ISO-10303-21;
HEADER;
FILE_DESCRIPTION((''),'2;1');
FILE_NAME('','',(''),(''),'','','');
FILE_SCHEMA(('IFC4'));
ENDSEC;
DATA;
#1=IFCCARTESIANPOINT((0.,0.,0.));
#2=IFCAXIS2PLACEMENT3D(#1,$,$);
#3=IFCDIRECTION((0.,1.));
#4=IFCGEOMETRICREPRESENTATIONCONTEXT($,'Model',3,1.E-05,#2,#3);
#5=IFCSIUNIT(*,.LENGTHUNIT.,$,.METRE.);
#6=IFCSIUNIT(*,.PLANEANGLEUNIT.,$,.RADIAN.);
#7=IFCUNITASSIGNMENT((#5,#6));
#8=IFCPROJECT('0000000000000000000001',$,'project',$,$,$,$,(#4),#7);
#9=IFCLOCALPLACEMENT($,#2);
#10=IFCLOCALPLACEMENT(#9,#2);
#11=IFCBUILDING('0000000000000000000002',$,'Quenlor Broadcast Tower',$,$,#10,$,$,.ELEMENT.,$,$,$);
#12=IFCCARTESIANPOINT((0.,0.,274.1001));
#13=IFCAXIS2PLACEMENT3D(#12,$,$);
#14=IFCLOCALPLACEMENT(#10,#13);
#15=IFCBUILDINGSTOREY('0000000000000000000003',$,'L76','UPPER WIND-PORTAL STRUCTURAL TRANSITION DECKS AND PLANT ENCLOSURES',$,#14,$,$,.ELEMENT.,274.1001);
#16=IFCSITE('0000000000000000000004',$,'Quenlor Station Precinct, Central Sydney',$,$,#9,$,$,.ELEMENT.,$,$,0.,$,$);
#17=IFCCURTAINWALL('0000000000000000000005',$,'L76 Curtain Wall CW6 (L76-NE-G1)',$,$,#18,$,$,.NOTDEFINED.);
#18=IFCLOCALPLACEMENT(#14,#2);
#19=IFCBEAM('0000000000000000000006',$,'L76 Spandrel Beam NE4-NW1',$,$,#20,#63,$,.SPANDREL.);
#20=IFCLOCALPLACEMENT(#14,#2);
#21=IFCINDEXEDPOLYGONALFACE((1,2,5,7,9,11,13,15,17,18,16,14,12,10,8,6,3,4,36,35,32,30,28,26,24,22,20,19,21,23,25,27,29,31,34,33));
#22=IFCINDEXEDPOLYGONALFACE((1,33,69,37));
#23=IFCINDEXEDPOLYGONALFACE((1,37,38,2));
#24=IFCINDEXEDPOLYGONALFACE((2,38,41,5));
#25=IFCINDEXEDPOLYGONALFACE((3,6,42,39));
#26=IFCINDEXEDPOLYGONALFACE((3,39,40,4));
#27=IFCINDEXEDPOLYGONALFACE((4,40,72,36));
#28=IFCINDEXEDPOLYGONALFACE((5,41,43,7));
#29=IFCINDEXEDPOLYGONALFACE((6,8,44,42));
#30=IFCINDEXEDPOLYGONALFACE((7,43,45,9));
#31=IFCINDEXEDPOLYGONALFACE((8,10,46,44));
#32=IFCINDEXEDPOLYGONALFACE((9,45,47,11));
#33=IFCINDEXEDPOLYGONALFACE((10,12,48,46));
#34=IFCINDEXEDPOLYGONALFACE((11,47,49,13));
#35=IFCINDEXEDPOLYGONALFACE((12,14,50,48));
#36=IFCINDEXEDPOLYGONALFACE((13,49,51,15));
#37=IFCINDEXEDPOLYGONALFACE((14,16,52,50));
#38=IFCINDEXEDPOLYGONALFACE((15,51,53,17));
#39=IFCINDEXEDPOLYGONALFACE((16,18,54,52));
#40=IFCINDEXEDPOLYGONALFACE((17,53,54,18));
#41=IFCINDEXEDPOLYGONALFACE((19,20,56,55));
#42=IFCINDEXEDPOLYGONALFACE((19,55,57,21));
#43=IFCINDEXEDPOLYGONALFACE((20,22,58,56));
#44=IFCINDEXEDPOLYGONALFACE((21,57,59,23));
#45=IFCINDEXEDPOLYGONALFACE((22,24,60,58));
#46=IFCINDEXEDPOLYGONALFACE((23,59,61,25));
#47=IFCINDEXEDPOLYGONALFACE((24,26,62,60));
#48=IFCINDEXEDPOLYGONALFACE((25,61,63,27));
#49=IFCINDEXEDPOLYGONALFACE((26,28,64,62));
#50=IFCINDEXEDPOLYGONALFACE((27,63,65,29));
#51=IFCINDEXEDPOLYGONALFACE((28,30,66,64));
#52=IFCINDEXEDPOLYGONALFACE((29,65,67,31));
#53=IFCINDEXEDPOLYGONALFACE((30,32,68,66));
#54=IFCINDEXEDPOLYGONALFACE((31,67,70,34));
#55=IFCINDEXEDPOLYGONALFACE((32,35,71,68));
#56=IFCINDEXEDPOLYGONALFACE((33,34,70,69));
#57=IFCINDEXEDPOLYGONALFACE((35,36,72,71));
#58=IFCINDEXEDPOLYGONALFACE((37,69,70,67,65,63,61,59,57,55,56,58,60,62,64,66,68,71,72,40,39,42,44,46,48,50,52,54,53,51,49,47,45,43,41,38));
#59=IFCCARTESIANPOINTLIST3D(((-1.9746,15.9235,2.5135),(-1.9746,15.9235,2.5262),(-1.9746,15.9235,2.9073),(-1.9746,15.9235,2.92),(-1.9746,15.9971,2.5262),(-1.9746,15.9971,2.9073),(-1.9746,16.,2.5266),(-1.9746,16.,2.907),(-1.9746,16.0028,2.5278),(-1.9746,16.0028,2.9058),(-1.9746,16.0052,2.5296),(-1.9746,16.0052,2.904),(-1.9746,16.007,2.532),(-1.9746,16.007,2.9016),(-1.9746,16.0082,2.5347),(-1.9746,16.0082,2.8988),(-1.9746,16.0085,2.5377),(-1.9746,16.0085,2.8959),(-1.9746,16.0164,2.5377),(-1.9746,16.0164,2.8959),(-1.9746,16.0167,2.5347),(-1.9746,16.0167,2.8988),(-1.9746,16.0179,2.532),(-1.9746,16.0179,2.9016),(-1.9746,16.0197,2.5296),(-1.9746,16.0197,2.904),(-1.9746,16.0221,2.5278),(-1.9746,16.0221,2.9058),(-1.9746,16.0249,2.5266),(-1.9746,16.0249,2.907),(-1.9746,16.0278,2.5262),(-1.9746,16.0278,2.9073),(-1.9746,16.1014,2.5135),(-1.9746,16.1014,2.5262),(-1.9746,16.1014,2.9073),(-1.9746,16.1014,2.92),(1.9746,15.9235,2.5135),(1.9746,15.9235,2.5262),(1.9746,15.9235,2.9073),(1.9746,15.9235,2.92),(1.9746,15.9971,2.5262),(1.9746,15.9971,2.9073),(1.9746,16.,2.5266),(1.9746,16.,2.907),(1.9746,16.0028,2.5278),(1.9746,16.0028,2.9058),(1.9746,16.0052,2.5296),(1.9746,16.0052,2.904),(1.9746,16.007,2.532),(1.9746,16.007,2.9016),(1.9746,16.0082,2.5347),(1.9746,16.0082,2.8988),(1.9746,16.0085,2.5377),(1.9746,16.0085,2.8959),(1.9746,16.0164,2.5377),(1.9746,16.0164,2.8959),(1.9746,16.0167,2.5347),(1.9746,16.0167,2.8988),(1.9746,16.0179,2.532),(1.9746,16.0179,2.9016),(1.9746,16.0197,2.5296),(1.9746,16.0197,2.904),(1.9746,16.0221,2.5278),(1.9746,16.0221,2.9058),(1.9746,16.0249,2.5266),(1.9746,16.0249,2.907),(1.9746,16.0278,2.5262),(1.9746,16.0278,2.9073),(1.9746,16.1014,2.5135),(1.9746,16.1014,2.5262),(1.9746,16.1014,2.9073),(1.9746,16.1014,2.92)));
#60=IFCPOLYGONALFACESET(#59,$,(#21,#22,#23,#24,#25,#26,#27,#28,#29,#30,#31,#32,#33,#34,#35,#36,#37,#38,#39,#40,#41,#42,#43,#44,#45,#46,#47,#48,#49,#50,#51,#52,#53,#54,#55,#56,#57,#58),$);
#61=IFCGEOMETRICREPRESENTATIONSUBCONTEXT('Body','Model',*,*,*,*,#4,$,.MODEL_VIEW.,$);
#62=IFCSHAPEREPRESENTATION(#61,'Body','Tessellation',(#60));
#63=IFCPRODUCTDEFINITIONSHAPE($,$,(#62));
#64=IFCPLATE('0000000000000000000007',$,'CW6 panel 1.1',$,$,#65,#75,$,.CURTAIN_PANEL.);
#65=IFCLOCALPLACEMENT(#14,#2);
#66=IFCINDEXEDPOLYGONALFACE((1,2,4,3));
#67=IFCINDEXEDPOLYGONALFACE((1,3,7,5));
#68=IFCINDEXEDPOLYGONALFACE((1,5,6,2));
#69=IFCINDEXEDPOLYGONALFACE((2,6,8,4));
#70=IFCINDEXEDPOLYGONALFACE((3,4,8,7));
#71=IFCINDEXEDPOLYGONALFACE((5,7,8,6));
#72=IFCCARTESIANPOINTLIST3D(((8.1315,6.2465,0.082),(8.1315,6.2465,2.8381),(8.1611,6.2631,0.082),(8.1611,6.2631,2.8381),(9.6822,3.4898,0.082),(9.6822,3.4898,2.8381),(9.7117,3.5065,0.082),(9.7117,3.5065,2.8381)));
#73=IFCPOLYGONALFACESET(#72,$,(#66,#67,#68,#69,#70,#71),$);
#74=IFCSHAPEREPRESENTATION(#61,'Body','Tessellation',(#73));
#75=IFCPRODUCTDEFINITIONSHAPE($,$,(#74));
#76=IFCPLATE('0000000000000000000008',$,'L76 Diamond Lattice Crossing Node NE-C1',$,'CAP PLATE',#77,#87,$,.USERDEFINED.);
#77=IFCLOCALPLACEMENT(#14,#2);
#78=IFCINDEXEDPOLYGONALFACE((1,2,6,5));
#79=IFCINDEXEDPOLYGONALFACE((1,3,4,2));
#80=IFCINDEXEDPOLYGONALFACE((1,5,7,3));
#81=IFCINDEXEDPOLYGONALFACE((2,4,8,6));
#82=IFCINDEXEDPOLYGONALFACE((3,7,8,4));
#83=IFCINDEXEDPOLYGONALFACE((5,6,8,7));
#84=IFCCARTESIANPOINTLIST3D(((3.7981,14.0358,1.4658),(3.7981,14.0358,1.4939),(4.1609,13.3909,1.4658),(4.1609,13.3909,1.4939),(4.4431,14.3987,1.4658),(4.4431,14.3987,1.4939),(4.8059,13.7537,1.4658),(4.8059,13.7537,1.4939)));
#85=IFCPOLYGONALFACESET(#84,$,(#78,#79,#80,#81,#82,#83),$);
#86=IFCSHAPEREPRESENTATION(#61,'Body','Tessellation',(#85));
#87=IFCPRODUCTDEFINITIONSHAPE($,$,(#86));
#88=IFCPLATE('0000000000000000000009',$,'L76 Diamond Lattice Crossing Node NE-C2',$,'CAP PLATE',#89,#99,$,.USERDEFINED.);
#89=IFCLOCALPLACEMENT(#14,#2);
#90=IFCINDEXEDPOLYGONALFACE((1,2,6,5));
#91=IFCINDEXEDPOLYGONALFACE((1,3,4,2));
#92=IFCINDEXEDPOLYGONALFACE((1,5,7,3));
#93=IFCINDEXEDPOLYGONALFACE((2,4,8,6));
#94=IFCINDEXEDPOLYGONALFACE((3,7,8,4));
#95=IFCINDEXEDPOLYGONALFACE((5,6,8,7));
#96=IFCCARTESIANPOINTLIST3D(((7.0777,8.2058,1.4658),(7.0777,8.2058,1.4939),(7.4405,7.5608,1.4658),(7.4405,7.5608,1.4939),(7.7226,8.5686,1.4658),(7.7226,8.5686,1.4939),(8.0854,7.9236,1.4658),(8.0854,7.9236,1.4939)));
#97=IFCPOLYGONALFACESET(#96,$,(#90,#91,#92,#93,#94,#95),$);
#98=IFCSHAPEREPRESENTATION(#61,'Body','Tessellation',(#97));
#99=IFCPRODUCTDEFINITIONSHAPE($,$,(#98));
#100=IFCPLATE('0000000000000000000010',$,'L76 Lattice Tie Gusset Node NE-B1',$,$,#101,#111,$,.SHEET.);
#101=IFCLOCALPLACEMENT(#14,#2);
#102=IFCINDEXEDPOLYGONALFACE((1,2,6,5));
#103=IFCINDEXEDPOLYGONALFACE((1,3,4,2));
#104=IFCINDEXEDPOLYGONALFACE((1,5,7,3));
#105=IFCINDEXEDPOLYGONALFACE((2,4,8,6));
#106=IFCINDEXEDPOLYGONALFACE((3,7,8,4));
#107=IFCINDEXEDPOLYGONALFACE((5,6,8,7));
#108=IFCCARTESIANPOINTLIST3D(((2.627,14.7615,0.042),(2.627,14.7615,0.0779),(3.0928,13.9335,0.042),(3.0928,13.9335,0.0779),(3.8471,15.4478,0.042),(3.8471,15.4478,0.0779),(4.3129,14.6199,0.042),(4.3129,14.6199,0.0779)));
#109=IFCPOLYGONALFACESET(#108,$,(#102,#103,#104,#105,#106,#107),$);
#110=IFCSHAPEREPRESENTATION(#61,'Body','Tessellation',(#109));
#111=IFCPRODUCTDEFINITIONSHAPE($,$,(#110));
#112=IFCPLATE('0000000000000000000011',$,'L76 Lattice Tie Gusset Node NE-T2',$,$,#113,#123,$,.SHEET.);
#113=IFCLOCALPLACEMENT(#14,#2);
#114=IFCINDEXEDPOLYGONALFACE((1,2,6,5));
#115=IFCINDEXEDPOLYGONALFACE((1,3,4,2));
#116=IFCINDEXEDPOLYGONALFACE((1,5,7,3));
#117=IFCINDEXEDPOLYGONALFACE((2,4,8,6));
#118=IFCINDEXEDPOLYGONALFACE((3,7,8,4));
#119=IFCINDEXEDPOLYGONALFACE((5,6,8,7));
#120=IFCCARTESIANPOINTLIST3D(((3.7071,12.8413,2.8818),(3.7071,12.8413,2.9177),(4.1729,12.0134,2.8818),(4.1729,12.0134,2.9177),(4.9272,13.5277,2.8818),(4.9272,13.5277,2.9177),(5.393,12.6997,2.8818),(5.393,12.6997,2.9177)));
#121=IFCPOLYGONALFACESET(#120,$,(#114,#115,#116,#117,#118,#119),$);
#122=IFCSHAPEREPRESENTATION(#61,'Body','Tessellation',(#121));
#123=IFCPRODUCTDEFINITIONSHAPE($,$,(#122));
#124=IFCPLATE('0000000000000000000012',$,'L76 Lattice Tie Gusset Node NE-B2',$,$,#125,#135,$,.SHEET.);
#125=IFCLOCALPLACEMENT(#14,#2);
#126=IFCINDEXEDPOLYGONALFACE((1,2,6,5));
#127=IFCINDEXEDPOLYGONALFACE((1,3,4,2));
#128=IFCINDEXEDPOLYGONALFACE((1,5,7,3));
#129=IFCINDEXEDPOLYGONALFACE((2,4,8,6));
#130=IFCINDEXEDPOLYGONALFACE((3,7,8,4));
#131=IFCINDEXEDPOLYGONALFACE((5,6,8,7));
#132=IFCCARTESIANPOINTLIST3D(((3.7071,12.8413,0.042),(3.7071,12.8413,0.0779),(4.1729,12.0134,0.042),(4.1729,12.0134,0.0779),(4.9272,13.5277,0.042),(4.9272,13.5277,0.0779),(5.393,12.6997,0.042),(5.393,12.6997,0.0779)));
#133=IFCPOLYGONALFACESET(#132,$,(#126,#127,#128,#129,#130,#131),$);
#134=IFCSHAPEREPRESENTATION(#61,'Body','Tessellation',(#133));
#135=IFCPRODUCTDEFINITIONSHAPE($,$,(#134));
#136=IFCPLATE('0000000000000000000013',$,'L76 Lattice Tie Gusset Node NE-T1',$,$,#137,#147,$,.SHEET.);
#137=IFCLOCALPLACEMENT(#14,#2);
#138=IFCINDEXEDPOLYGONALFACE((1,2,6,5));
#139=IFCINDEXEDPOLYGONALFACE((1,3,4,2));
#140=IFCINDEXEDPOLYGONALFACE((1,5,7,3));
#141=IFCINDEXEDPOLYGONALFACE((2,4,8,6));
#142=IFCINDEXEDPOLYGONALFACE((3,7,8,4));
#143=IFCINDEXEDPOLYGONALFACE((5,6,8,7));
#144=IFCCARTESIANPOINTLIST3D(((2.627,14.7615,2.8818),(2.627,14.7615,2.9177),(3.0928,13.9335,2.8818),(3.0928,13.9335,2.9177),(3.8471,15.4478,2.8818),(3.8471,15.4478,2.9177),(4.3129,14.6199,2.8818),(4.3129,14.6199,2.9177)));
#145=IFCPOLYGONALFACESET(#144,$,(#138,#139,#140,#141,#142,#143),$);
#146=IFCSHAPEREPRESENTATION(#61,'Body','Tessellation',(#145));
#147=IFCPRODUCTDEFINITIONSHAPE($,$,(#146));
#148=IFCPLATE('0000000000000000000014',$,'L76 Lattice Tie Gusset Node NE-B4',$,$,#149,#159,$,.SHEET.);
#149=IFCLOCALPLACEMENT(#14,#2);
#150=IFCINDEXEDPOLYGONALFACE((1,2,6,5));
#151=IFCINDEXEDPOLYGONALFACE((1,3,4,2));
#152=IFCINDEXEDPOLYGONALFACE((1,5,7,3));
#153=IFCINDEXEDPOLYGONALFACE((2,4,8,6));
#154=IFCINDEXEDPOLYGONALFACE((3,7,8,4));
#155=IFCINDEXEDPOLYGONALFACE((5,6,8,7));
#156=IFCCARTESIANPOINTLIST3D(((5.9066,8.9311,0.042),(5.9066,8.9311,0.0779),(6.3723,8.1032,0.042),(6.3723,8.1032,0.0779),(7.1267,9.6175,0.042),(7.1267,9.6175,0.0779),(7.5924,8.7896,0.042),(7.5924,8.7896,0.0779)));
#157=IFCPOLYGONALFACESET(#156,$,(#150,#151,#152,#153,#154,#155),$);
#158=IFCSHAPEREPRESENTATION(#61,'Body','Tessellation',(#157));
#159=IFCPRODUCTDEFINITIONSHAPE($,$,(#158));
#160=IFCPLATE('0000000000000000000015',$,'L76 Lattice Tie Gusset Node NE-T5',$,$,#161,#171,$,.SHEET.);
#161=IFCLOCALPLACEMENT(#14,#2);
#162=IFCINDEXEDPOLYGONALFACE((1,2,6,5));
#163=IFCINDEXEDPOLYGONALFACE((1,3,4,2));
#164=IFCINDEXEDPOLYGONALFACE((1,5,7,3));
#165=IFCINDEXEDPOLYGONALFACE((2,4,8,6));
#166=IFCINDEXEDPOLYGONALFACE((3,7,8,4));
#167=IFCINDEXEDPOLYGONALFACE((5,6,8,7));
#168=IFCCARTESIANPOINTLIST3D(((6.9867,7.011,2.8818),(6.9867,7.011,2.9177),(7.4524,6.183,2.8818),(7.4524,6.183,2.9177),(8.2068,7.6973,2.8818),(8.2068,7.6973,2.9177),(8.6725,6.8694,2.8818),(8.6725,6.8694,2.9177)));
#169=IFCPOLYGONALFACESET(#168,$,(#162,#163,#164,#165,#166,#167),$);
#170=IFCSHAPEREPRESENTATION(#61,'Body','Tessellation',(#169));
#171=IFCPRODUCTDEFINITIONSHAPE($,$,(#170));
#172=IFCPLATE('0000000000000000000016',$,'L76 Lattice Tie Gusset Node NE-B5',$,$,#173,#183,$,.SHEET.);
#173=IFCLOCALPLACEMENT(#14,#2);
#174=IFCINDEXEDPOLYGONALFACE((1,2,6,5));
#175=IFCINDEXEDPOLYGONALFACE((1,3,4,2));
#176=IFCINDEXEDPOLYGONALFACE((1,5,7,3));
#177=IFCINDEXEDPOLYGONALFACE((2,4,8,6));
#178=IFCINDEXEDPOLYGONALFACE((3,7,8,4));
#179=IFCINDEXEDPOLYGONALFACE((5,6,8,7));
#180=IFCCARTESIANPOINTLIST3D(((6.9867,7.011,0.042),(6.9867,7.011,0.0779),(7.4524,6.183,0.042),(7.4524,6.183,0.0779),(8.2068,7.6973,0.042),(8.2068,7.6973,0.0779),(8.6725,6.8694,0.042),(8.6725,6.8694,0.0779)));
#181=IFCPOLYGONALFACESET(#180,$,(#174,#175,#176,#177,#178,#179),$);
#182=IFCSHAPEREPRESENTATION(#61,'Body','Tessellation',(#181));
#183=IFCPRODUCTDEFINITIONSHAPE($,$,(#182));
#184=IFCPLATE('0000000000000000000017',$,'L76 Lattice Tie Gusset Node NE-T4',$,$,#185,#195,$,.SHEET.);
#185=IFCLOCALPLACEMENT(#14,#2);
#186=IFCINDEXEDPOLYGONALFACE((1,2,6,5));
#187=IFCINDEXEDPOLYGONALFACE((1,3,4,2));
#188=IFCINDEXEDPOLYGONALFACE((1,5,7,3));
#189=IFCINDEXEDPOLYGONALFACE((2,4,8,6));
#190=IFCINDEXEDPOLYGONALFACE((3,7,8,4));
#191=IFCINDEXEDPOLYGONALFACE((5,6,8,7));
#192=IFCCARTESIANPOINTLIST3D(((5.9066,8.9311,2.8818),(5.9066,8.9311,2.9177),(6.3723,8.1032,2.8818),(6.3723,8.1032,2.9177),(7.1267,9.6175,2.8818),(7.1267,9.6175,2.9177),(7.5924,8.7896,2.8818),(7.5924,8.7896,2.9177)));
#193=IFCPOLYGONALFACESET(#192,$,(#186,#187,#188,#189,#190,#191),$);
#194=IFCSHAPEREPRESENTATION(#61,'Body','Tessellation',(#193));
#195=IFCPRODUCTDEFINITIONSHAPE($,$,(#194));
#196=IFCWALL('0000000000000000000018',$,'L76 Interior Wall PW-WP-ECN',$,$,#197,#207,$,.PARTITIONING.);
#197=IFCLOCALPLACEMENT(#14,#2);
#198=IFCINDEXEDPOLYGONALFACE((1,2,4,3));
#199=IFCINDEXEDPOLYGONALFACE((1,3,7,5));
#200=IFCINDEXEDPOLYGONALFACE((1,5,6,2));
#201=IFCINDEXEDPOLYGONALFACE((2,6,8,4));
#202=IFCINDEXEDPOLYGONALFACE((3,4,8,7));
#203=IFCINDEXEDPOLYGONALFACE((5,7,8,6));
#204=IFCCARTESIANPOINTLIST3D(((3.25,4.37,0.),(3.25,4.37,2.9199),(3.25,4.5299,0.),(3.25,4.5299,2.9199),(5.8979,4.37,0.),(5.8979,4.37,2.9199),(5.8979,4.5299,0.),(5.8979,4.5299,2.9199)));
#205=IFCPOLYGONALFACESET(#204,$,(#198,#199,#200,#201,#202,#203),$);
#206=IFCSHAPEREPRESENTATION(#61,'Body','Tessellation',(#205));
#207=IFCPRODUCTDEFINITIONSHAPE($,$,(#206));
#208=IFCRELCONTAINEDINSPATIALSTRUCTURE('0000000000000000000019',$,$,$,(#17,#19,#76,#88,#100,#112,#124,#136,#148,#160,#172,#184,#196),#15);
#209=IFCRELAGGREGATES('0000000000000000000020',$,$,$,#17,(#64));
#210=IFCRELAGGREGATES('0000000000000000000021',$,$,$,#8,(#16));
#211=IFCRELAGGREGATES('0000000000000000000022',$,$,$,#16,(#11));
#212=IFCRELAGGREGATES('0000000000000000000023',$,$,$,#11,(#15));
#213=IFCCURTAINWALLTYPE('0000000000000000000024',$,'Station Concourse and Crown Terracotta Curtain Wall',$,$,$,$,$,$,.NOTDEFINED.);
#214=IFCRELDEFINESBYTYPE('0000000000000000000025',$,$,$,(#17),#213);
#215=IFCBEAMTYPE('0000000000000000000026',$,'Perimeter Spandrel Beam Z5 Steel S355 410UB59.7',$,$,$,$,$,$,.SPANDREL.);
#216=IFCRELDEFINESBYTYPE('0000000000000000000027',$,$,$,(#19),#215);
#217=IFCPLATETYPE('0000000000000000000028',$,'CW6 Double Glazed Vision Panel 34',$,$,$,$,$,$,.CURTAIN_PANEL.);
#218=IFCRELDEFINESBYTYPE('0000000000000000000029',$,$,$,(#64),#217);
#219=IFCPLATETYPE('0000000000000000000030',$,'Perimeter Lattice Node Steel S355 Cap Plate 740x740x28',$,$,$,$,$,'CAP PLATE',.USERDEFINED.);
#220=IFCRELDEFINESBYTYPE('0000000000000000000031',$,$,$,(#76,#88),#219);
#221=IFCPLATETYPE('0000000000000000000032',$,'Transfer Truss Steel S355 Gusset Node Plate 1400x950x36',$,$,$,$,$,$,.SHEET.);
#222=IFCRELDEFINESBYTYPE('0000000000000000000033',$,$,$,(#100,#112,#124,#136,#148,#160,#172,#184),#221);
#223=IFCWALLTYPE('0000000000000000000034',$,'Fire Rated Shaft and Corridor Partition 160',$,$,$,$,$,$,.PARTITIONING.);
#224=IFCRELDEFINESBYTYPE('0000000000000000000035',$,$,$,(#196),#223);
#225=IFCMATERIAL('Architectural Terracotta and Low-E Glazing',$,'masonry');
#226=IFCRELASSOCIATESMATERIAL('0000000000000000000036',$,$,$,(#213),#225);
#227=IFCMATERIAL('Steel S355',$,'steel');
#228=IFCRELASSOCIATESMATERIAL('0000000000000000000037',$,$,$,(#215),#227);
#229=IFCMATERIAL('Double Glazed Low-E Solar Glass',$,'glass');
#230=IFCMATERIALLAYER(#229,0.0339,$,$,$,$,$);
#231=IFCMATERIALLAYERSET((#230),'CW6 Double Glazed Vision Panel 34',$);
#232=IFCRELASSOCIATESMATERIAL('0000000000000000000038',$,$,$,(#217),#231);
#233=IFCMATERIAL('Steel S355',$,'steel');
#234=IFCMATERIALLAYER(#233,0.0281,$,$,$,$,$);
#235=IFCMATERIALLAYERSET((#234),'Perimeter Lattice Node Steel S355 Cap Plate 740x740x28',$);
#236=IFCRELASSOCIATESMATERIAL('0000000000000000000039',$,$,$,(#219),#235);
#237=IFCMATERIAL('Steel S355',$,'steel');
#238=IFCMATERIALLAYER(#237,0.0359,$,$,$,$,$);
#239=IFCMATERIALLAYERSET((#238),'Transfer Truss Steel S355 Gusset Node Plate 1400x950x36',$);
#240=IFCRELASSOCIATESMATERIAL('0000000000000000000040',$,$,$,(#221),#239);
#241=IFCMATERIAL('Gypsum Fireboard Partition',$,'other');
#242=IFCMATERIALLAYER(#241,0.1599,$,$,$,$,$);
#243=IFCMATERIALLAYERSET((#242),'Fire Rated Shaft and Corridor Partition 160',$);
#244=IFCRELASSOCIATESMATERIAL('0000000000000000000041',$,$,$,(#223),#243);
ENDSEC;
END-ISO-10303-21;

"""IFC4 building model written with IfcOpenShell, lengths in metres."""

from ifc_helpers import new_model, si_unit, direction, frame, frame_2d, origin, origin_2d, place, context, subcontext, project, spatial, rectangle, i_section, extrude, material, layer, layer_set, material_profile, profile_set, type_object, element, aggregate, save


model = new_model("IFC4")

# Units and contexts
model_context = context("Model", 3, precision=1e-05, world=origin(), true_north=direction((0.0, 1.0)))
body_context = subcontext(model_context, "Body", "Model", "MODEL_VIEW")
ifc_project = project(units=[si_unit("LENGTHUNIT", "METRE"), si_unit("PLANEANGLEUNIT", "RADIAN")], contexts=[model_context])

# Site, building, storey
site_placement = place(None, origin())
site = spatial("IfcSite", under=ifc_project, at=site_placement, Name="Quenlor Station Precinct, Central Sydney", CompositionType="ELEMENT", RefElevation=0.0)
building_placement = place(site_placement, origin())
building = spatial("IfcBuilding", under=site, at=building_placement, Name="Quenlor Broadcast Tower", CompositionType="ELEMENT")
storey_placement = place(building_placement, frame((0.0, 0.0, 274.1001)))
storey = spatial("IfcBuildingStorey", under=building, at=storey_placement, Name="L76", Description="UPPER WIND-PORTAL STRUCTURAL TRANSITION DECKS AND PLANT ENCLOSURES", CompositionType="ELEMENT", Elevation=274.1001)

# Curtain wall
ifc_material_1 = material(Name="Architectural Terracotta and Low-E Glazing", Category="masonry")
curtain_wall_type = type_object("IfcCurtainWallType", Name="Station Concourse and Crown Terracotta Curtain Wall", PredefinedType="NOTDEFINED", material=ifc_material_1)
curtain_wall_placement = place(storey_placement, origin())
curtain_wall = element("IfcCurtainWall", 1, at=curtain_wall_placement, inside=storey, type_object=curtain_wall_type, Name="L76 Curtain Wall CW6 (L76-NE-G1)", PredefinedType="NOTDEFINED")

# Beam
ifc_material_2 = material(Name="Steel S355", Category="steel")
ifc_material_profile_1 = material_profile(ifc_material_2, i_section(OverallWidth=0.178, OverallDepth=0.4065, WebThickness=0.0078, FlangeThickness=0.0127, FilletRadius=0.0115, at=origin_2d()))
ifc_profile_set_1 = profile_set([ifc_material_profile_1], Name="Steel S355 410UB59.7")
beam_type_1 = type_object("IfcBeamType", Name="Perimeter Spandrel Beam Z5 Steel S355 410UB59.7", PredefinedType="SPANDREL", material=ifc_profile_set_1)
beam_1_placement = place(storey_placement, frame((1.9746, 16.0125, 2.7168), z_axis=(-1.0, 0.0, 0.0), x_axis=(0.0, -1.0, 0.0)))
element("IfcBeam", 2, at=beam_1_placement, inside=storey, type_object=beam_type_1, Name="L76 Spandrel Beam NE4-NW1", PredefinedType="SPANDREL", context=body_context, shape_type="SweptSolid", body=[
    extrude(i_section(OverallWidth=0.178, OverallDepth=0.4065, WebThickness=0.0078, FlangeThickness=0.0127, FilletRadius=0.0115, at=origin_2d()), origin(), (0.0, 0.0, 1.0), 3.9492),
])

# Plate
ifc_material_3 = material(Name="Double Glazed Low-E Solar Glass", Category="glass")
ifc_layer_1 = layer(ifc_material_3, 0.0339)
ifc_layer_set_1 = layer_set([ifc_layer_1], Name="CW6 Double Glazed Vision Panel 34")
plate_type_1 = type_object("IfcPlateType", Name="CW6 Double Glazed Vision Panel 34", PredefinedType="CURTAIN_PANEL", material=ifc_layer_set_1)
plate_placement = place(storey_placement, frame((8.9216, 4.8765, 0.082), z_axis=(0.0, 0.0, 1.0), x_axis=(0.490268, -0.871572, 0.0)))
plate = element("IfcPlate", 3, at=plate_placement, type_object=plate_type_1, Name="CW6 panel 1.1", PredefinedType="CURTAIN_PANEL", context=body_context, shape_type="SweptSolid", body=[
    extrude(rectangle(XDim=3.1628, YDim=0.0339, at=origin_2d()), origin(), (0.0, 0.0, 1.0), 2.7561),
])
aggregate(curtain_wall, [plate])

# Plates
ifc_material_4 = material(Name="Steel S355", Category="steel")
ifc_layer_2 = layer(ifc_material_4, 0.0281)
ifc_layer_set_2 = layer_set([ifc_layer_2], Name="Perimeter Lattice Node Steel S355 Cap Plate 740x740x28")
plate_type_2 = type_object("IfcPlateType", Name="Perimeter Lattice Node Steel S355 Cap Plate 740x740x28", ElementType="CAP PLATE", PredefinedType="USERDEFINED", material=ifc_layer_set_2)
for number, where, z_axis, x_axis, name in (
    (4, (4.302, 13.8948, 1.4658), (0.0, 0.0, 1.0), (0.490295, -0.871556, 0.0), "L76 Diamond Lattice Crossing Node NE-C1"),
    (5, (7.5815, 8.0647, 1.4658), (0.0, 0.0, 1.0), (0.490295, -0.871556, 0.0), "L76 Diamond Lattice Crossing Node NE-C2"),
):
    element("IfcPlate", number, at=place(storey_placement, frame(where, z_axis=z_axis, x_axis=x_axis)), inside=storey, type_object=plate_type_2, Name=name, ObjectType="CAP PLATE", PredefinedType="USERDEFINED", context=body_context, shape_type="SweptSolid", body=[
        extrude(rectangle(XDim=0.74, YDim=0.74, at=origin_2d()), origin(), (0.0, 0.0, 1.0), 0.0281),
    ])
ifc_material_5 = material(Name="Steel S355", Category="steel")
ifc_layer_3 = layer(ifc_material_5, 0.0359)
ifc_layer_set_3 = layer_set([ifc_layer_3], Name="Transfer Truss Steel S355 Gusset Node Plate 1400x950x36")
plate_type_3 = type_object("IfcPlateType", Name="Transfer Truss Steel S355 Gusset Node Plate 1400x950x36", PredefinedType="SHEET", material=ifc_layer_set_3)
for number, where, z_axis, x_axis, name in (
    (6, (3.47, 14.6907, 0.042), (0.0, 0.0, 1.0), (0.871556, 0.490295, 0.0), "L76 Lattice Tie Gusset Node NE-B1"),
    (7, (4.55, 12.7705, 2.8818), (0.0, 0.0, 1.0), (0.871556, 0.490295, 0.0), "L76 Lattice Tie Gusset Node NE-T2"),
    (8, (4.55, 12.7705, 0.042), (0.0, 0.0, 1.0), (0.871556, 0.490295, 0.0), "L76 Lattice Tie Gusset Node NE-B2"),
    (9, (3.47, 14.6907, 2.8818), (0.0, 0.0, 1.0), (0.871556, 0.490295, 0.0), "L76 Lattice Tie Gusset Node NE-T1"),
    (10, (6.7495, 8.8604, 0.042), (0.0, 0.0, 1.0), (0.871556, 0.490295, 0.0), "L76 Lattice Tie Gusset Node NE-B4"),
    (11, (7.8296, 6.9402, 2.8818), (0.0, 0.0, 1.0), (0.871556, 0.490295, 0.0), "L76 Lattice Tie Gusset Node NE-T5"),
    (12, (7.8296, 6.9402, 0.042), (0.0, 0.0, 1.0), (0.871556, 0.490295, 0.0), "L76 Lattice Tie Gusset Node NE-B5"),
    (13, (6.7495, 8.8604, 2.8818), (0.0, 0.0, 1.0), (0.871556, 0.490295, 0.0), "L76 Lattice Tie Gusset Node NE-T4"),
):
    element("IfcPlate", number, at=place(storey_placement, frame(where, z_axis=z_axis, x_axis=x_axis)), inside=storey, type_object=plate_type_3, Name=name, PredefinedType="SHEET", context=body_context, shape_type="SweptSolid", body=[
        extrude(rectangle(XDim=1.3999, YDim=0.95, at=origin_2d()), origin(), (0.0, 0.0, 1.0), 0.0359),
    ])

# Wall
ifc_material_6 = material(Name="Gypsum Fireboard Partition", Category="other")
ifc_layer_4 = layer(ifc_material_6, 0.1599)
ifc_layer_set_4 = layer_set([ifc_layer_4], Name="Fire Rated Shaft and Corridor Partition 160")
wall_type_1 = type_object("IfcWallType", Name="Fire Rated Shaft and Corridor Partition 160", PredefinedType="PARTITIONING", material=ifc_layer_set_4)
wall_1_placement = place(storey_placement, frame((3.25, 4.45, 0.0), z_axis=(0.0, 0.0, 1.0), x_axis=(1.0, 0.0, 0.0)))
element("IfcWall", 14, at=wall_1_placement, inside=storey, type_object=wall_type_1, Name="L76 Interior Wall PW-WP-ECN", PredefinedType="PARTITIONING", context=body_context, shape_type="SweptSolid", body=[
    extrude(rectangle(XDim=2.6479, YDim=0.1599, at=frame_2d((1.324, 0.0))), origin(), (0.0, 0.0, 1.0), 2.9199),
])

save(model, "model.ifc")
